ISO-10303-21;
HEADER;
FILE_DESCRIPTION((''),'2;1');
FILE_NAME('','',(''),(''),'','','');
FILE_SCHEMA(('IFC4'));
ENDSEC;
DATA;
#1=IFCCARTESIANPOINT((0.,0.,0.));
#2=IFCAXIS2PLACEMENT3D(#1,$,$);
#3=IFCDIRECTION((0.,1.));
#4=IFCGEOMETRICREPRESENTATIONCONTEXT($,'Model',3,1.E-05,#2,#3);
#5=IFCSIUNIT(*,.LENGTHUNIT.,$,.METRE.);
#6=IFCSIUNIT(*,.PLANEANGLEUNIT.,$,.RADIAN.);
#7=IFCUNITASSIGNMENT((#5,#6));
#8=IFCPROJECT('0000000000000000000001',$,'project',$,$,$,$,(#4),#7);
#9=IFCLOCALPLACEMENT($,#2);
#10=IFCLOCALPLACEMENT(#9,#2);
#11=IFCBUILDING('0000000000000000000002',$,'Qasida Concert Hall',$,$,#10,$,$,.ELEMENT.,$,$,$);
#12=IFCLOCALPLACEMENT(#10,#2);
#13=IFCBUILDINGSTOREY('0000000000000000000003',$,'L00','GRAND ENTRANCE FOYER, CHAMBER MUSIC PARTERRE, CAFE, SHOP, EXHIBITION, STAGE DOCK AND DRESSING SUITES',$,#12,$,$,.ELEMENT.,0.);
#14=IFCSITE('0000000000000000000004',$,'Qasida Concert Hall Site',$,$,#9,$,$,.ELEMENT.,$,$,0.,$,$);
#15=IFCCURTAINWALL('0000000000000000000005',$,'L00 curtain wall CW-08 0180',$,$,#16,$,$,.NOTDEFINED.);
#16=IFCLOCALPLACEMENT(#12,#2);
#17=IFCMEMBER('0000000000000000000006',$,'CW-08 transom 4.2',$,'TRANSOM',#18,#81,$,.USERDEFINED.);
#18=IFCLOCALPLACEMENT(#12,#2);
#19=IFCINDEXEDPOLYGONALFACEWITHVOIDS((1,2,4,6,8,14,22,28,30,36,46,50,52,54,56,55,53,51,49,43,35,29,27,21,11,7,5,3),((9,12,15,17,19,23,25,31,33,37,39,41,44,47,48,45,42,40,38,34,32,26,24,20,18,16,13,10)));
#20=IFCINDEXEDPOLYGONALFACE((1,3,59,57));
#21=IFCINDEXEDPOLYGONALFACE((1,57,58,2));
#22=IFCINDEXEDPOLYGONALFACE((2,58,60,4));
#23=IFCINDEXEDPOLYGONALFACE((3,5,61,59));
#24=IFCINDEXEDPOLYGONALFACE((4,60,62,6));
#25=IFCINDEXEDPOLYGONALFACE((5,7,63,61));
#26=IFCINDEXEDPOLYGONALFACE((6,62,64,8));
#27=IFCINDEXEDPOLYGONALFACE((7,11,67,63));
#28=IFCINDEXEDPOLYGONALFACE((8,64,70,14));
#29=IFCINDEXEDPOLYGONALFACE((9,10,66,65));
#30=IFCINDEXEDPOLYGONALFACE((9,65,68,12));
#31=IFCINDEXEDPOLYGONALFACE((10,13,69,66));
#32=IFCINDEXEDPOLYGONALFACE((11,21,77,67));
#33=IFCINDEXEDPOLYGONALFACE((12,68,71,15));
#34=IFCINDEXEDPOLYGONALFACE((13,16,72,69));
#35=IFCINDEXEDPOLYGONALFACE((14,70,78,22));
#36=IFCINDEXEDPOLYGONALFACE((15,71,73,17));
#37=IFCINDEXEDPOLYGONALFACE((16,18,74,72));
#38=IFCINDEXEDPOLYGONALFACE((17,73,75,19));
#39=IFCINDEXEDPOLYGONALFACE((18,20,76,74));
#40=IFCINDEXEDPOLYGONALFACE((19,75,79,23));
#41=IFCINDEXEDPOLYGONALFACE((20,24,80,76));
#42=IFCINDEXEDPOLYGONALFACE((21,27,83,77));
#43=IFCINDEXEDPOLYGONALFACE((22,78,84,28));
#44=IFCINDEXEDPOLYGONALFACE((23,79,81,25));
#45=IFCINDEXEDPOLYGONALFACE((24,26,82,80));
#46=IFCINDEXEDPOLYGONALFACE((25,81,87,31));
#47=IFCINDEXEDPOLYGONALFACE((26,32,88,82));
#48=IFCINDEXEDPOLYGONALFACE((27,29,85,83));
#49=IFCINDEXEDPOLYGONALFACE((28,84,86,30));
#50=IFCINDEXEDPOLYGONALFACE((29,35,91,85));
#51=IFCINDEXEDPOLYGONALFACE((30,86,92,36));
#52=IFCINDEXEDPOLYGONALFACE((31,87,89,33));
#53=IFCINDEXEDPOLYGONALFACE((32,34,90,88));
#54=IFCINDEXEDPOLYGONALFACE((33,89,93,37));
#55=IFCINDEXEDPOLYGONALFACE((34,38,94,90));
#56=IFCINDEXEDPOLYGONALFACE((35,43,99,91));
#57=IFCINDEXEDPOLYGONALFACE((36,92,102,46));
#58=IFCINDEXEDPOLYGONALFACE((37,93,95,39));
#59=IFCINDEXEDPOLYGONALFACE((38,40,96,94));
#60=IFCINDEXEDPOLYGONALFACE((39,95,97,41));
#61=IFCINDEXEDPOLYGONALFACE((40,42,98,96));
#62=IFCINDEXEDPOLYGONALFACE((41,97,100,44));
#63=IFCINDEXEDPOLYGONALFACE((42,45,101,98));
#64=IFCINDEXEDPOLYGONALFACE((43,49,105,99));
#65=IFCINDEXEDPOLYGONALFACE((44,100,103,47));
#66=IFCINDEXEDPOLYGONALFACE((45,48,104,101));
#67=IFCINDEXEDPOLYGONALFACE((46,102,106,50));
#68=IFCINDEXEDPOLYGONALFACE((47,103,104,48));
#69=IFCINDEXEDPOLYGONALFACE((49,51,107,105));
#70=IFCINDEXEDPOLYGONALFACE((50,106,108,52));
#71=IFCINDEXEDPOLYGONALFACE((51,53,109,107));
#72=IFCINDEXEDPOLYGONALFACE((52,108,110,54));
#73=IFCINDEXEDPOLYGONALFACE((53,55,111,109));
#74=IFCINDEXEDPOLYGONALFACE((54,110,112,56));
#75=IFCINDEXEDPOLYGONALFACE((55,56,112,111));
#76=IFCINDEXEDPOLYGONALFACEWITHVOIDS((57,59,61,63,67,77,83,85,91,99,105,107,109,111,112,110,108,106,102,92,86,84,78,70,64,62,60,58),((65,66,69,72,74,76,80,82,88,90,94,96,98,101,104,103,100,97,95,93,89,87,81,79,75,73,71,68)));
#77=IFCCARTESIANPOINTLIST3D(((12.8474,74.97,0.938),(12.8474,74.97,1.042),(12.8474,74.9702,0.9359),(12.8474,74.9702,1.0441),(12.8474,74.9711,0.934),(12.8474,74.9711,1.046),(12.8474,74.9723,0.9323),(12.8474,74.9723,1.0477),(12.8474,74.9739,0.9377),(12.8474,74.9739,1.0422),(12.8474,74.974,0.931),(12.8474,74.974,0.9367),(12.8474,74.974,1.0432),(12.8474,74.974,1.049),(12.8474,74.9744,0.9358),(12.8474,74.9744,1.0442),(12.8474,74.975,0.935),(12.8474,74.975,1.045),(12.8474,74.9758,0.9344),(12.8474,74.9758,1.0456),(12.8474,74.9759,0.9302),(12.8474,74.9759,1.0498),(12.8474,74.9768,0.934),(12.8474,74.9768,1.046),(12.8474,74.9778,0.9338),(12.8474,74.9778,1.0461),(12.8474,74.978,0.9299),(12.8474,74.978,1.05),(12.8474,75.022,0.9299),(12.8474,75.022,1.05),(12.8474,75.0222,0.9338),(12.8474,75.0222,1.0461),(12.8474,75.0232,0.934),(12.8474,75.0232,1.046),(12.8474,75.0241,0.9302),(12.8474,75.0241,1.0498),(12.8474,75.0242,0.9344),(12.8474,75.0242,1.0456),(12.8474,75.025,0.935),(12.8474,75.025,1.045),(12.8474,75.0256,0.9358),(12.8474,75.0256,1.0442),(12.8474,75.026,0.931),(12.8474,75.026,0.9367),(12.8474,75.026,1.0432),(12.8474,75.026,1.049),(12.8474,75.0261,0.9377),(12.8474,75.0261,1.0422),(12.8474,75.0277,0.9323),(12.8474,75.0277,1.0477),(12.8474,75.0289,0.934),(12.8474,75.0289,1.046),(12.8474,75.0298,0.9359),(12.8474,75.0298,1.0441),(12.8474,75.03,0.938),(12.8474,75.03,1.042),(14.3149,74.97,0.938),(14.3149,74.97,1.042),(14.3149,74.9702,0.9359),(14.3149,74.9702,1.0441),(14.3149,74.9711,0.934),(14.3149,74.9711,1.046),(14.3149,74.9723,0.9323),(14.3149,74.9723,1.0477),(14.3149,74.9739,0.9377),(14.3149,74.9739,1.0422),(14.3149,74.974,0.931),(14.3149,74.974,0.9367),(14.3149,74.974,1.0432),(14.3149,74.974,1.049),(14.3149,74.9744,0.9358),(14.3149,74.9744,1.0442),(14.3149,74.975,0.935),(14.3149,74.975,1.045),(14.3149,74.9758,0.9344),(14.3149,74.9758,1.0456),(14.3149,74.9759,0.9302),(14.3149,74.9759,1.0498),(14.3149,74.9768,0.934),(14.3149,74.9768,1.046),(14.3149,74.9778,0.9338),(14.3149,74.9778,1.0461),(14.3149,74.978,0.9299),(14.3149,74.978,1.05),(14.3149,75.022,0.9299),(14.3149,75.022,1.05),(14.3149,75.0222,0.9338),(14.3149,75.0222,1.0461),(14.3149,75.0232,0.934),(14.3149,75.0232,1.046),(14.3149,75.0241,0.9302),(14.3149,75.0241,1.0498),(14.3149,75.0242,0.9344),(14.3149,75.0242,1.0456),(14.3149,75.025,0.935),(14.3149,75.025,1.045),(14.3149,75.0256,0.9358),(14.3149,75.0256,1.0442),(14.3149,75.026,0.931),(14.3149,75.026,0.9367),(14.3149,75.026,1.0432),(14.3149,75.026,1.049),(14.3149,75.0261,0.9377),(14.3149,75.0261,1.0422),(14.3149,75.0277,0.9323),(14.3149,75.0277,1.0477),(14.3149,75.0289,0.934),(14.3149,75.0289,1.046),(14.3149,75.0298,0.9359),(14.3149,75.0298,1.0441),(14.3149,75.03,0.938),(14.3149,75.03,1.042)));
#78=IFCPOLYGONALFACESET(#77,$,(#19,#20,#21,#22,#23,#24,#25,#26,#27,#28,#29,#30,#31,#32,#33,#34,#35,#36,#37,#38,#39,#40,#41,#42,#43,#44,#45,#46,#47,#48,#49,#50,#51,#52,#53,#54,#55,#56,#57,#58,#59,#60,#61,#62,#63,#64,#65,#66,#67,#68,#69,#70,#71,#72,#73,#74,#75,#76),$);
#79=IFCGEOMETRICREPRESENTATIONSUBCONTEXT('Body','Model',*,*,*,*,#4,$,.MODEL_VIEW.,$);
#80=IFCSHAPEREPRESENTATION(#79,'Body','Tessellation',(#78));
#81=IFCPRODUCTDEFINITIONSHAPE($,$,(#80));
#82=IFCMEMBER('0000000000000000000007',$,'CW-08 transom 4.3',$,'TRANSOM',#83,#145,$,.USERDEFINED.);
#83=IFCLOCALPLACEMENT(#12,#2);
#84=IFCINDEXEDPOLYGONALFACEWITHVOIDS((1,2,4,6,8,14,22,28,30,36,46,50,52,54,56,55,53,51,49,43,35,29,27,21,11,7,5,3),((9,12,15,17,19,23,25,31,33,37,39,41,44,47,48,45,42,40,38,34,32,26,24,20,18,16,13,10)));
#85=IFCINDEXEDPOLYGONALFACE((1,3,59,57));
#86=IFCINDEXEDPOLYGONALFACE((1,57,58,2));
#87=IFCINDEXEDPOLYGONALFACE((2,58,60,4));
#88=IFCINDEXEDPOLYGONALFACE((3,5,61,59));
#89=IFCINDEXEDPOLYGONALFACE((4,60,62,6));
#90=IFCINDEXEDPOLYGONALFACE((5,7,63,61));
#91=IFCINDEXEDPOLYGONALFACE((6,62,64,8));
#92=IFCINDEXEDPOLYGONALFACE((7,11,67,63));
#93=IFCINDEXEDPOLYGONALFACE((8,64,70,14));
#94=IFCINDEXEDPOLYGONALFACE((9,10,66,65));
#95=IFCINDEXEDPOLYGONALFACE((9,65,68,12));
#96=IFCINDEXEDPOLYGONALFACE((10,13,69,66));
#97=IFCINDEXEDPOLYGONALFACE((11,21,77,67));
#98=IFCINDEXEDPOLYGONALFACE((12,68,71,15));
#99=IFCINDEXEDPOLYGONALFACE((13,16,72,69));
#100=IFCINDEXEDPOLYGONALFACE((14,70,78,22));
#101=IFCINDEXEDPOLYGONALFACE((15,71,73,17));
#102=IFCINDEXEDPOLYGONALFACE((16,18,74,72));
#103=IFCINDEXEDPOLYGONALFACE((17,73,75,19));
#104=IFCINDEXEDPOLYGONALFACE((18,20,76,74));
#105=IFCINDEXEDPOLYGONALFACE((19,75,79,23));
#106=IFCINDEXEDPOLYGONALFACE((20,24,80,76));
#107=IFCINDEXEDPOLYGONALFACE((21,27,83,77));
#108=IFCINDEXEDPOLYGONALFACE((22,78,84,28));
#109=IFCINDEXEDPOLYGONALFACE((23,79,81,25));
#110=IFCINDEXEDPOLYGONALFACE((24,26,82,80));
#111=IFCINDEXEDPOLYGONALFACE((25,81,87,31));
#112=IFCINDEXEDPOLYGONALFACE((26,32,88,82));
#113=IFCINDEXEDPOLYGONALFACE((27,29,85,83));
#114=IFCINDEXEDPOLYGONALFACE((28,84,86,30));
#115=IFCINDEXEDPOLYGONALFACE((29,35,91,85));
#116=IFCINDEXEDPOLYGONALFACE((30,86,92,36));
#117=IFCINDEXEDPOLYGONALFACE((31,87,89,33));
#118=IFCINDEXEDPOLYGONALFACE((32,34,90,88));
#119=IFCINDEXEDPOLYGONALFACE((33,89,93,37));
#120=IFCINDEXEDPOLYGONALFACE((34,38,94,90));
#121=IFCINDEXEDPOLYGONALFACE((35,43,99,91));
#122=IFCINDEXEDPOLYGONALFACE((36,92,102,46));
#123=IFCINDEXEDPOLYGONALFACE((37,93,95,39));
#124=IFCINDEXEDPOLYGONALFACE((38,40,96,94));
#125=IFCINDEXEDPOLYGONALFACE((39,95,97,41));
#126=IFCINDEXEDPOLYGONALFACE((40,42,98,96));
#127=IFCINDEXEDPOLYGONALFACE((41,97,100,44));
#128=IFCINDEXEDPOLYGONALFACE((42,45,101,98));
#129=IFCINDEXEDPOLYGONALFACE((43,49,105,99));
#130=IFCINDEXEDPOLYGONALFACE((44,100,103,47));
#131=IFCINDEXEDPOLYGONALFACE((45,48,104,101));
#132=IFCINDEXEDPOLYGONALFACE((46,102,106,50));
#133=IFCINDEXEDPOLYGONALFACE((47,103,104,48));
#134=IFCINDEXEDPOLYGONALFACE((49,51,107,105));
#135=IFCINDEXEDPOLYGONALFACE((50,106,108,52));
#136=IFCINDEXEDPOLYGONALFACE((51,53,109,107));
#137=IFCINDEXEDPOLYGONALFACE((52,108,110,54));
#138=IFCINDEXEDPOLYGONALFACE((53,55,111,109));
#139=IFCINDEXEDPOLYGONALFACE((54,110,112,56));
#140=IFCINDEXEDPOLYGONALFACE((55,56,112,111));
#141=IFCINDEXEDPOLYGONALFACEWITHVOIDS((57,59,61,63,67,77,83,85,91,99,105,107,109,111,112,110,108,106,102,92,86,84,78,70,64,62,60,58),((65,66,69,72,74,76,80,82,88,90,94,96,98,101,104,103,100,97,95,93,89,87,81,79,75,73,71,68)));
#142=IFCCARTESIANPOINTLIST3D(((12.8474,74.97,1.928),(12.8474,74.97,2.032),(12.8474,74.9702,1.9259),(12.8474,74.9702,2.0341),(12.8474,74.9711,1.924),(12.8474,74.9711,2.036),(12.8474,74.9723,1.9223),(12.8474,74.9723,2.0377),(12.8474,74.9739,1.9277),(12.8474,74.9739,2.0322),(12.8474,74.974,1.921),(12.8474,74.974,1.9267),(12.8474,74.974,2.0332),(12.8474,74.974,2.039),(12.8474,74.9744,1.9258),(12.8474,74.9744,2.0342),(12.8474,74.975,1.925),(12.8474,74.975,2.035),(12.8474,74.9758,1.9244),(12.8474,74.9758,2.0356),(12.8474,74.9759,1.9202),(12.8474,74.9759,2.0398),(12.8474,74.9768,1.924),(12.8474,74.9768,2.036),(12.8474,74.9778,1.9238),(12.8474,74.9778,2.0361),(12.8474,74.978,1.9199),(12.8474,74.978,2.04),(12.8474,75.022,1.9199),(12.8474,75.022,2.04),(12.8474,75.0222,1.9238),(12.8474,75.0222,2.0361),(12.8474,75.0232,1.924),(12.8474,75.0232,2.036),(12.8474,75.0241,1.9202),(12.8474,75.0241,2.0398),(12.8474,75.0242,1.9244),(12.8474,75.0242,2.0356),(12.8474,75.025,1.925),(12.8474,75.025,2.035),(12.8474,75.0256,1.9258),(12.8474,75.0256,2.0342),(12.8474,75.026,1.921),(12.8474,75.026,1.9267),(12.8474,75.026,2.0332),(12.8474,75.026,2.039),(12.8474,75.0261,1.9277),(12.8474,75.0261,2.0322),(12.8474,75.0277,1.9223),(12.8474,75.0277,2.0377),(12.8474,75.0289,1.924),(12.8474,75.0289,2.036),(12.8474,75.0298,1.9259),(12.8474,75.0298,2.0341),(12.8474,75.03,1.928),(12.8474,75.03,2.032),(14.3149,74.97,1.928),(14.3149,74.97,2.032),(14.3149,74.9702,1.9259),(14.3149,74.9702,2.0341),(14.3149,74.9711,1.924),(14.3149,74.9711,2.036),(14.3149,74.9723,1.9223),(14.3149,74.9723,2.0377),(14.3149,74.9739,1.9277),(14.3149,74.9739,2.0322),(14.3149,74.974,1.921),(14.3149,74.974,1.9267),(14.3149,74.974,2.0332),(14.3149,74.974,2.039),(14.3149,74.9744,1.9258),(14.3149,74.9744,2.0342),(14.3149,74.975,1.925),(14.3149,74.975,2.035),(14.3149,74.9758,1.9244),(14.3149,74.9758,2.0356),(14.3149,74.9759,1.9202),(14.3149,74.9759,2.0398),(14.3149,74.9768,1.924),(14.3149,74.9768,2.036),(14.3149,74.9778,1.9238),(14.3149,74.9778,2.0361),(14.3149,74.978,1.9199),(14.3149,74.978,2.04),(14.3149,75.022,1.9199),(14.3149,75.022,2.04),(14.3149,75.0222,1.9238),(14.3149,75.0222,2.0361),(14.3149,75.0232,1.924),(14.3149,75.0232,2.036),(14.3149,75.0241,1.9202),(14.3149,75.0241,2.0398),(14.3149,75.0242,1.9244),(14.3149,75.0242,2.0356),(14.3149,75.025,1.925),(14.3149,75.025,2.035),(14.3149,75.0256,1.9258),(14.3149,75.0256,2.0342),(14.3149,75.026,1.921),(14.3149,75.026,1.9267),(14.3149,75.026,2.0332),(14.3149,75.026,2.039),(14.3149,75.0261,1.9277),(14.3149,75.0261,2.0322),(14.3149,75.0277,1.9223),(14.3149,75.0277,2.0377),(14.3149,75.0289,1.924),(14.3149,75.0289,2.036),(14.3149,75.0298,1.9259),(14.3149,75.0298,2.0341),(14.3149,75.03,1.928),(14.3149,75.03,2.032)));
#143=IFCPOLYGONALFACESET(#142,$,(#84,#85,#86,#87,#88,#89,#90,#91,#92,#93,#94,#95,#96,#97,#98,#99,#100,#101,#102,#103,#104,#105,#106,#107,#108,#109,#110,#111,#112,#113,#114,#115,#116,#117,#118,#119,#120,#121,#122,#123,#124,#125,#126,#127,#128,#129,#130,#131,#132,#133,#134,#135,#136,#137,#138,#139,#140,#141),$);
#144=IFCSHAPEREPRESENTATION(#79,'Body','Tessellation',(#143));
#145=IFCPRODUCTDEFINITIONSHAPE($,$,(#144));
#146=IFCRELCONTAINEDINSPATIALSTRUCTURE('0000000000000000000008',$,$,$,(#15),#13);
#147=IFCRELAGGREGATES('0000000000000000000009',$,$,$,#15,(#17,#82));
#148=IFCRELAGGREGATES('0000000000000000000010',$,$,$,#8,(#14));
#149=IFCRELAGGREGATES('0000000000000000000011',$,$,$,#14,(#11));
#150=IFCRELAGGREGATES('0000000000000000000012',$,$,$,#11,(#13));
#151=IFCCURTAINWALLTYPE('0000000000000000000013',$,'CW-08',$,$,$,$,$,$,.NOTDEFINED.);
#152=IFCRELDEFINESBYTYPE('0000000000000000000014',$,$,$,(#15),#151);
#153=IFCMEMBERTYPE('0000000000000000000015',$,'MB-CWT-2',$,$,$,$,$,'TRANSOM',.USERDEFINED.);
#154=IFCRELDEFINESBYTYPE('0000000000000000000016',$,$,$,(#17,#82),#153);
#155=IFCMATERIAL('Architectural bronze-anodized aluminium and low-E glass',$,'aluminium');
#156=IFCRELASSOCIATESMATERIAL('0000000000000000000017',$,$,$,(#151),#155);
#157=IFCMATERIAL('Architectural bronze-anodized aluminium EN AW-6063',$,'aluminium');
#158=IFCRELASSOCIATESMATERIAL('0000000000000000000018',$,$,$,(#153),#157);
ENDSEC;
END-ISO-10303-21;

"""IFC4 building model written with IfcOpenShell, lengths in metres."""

from ifc_helpers import new_model, si_unit, direction, frame, origin, origin_2d, place, context, subcontext, project, spatial, hollow_rectangle, extrude, material, material_profile, profile_set, type_object, element, aggregate, save


model = new_model("IFC4")

# Units and contexts
model_context = context("Model", 3, precision=1e-05, world=origin(), true_north=direction((0.0, 1.0)))
body_context = subcontext(model_context, "Body", "Model", "MODEL_VIEW")
ifc_project = project(units=[si_unit("LENGTHUNIT", "METRE"), si_unit("PLANEANGLEUNIT", "RADIAN")], contexts=[model_context])

# Site, building, storey
site_placement = place(None, origin())
site = spatial("IfcSite", under=ifc_project, at=site_placement, Name="Qasida Concert Hall Site", CompositionType="ELEMENT", RefElevation=0.0)
building_placement = place(site_placement, origin())
building = spatial("IfcBuilding", under=site, at=building_placement, Name="Qasida Concert Hall", CompositionType="ELEMENT")
storey_placement = place(building_placement, origin())
storey = spatial("IfcBuildingStorey", under=building, at=storey_placement, Name="L00", Description="GRAND ENTRANCE FOYER, CHAMBER MUSIC PARTERRE, CAFE, SHOP, EXHIBITION, STAGE DOCK AND DRESSING SUITES", CompositionType="ELEMENT", Elevation=0.0)

# Shared definitions
ifc_material_1 = material(Name="Architectural bronze-anodized aluminium and low-E glass", Category="aluminium")
ifc_material_2 = material(Name="Architectural bronze-anodized aluminium EN AW-6063", Category="aluminium")

# Curtain wall
curtain_wall_type_1 = type_object("IfcCurtainWallType", Name="CW-08", PredefinedType="NOTDEFINED", material=ifc_material_1)
curtain_wall_1_placement = place(storey_placement, origin())
curtain_wall_1 = element("IfcCurtainWall", 1, at=curtain_wall_1_placement, inside=storey, type_object=curtain_wall_type_1, Name="L00 curtain wall CW-08 0180", PredefinedType="NOTDEFINED")

# Members
ifc_material_profile_1 = material_profile(ifc_material_2, hollow_rectangle(XDim=0.0601, YDim=0.1201, WallThickness=0.0039, InnerFilletRadius=0.0039, OuterFilletRadius=0.0081, at=origin_2d()), Name="CWT 120x60x4")
ifc_profile_set_1 = profile_set([ifc_material_profile_1], Name="Architectural bronze-anodized aluminium EN AW-6063")
member_type_1 = type_object("IfcMemberType", Name="MB-CWT-2", ElementType="TRANSOM", PredefinedType="USERDEFINED", material=ifc_profile_set_1)
member_1_placement = place(storey_placement, frame((12.8474, 75.0, 0.99), z_axis=(1.0, 0.0, 0.0), x_axis=(0.0, 1.0, 0.0)))
member_1 = element("IfcMember", 2, at=member_1_placement, type_object=member_type_1, Name="CW-08 transom 4.2", ObjectType="TRANSOM", PredefinedType="USERDEFINED", context=body_context, shape_type="SweptSolid", body=[
    extrude(hollow_rectangle(XDim=0.0601, YDim=0.1201, WallThickness=0.0039, InnerFilletRadius=0.0039, OuterFilletRadius=0.0081, at=origin_2d()), origin(), (0.0, 0.0, 1.0), 1.4675),
])
member_2_placement = place(storey_placement, frame((12.8474, 75.0, 1.98), z_axis=(1.0, 0.0, 0.0), x_axis=(0.0, 1.0, 0.0)))
member_2 = element("IfcMember", 3, at=member_2_placement, type_object=member_type_1, Name="CW-08 transom 4.3", ObjectType="TRANSOM", PredefinedType="USERDEFINED", context=body_context, shape_type="SweptSolid", body=[
    extrude(hollow_rectangle(XDim=0.0601, YDim=0.1201, WallThickness=0.0039, InnerFilletRadius=0.0039, OuterFilletRadius=0.0081, at=origin_2d()), origin(), (0.0, 0.0, 1.0), 1.4675),
])

aggregate(curtain_wall_1, [member_1, member_2])

save(model, "model.ifc")
